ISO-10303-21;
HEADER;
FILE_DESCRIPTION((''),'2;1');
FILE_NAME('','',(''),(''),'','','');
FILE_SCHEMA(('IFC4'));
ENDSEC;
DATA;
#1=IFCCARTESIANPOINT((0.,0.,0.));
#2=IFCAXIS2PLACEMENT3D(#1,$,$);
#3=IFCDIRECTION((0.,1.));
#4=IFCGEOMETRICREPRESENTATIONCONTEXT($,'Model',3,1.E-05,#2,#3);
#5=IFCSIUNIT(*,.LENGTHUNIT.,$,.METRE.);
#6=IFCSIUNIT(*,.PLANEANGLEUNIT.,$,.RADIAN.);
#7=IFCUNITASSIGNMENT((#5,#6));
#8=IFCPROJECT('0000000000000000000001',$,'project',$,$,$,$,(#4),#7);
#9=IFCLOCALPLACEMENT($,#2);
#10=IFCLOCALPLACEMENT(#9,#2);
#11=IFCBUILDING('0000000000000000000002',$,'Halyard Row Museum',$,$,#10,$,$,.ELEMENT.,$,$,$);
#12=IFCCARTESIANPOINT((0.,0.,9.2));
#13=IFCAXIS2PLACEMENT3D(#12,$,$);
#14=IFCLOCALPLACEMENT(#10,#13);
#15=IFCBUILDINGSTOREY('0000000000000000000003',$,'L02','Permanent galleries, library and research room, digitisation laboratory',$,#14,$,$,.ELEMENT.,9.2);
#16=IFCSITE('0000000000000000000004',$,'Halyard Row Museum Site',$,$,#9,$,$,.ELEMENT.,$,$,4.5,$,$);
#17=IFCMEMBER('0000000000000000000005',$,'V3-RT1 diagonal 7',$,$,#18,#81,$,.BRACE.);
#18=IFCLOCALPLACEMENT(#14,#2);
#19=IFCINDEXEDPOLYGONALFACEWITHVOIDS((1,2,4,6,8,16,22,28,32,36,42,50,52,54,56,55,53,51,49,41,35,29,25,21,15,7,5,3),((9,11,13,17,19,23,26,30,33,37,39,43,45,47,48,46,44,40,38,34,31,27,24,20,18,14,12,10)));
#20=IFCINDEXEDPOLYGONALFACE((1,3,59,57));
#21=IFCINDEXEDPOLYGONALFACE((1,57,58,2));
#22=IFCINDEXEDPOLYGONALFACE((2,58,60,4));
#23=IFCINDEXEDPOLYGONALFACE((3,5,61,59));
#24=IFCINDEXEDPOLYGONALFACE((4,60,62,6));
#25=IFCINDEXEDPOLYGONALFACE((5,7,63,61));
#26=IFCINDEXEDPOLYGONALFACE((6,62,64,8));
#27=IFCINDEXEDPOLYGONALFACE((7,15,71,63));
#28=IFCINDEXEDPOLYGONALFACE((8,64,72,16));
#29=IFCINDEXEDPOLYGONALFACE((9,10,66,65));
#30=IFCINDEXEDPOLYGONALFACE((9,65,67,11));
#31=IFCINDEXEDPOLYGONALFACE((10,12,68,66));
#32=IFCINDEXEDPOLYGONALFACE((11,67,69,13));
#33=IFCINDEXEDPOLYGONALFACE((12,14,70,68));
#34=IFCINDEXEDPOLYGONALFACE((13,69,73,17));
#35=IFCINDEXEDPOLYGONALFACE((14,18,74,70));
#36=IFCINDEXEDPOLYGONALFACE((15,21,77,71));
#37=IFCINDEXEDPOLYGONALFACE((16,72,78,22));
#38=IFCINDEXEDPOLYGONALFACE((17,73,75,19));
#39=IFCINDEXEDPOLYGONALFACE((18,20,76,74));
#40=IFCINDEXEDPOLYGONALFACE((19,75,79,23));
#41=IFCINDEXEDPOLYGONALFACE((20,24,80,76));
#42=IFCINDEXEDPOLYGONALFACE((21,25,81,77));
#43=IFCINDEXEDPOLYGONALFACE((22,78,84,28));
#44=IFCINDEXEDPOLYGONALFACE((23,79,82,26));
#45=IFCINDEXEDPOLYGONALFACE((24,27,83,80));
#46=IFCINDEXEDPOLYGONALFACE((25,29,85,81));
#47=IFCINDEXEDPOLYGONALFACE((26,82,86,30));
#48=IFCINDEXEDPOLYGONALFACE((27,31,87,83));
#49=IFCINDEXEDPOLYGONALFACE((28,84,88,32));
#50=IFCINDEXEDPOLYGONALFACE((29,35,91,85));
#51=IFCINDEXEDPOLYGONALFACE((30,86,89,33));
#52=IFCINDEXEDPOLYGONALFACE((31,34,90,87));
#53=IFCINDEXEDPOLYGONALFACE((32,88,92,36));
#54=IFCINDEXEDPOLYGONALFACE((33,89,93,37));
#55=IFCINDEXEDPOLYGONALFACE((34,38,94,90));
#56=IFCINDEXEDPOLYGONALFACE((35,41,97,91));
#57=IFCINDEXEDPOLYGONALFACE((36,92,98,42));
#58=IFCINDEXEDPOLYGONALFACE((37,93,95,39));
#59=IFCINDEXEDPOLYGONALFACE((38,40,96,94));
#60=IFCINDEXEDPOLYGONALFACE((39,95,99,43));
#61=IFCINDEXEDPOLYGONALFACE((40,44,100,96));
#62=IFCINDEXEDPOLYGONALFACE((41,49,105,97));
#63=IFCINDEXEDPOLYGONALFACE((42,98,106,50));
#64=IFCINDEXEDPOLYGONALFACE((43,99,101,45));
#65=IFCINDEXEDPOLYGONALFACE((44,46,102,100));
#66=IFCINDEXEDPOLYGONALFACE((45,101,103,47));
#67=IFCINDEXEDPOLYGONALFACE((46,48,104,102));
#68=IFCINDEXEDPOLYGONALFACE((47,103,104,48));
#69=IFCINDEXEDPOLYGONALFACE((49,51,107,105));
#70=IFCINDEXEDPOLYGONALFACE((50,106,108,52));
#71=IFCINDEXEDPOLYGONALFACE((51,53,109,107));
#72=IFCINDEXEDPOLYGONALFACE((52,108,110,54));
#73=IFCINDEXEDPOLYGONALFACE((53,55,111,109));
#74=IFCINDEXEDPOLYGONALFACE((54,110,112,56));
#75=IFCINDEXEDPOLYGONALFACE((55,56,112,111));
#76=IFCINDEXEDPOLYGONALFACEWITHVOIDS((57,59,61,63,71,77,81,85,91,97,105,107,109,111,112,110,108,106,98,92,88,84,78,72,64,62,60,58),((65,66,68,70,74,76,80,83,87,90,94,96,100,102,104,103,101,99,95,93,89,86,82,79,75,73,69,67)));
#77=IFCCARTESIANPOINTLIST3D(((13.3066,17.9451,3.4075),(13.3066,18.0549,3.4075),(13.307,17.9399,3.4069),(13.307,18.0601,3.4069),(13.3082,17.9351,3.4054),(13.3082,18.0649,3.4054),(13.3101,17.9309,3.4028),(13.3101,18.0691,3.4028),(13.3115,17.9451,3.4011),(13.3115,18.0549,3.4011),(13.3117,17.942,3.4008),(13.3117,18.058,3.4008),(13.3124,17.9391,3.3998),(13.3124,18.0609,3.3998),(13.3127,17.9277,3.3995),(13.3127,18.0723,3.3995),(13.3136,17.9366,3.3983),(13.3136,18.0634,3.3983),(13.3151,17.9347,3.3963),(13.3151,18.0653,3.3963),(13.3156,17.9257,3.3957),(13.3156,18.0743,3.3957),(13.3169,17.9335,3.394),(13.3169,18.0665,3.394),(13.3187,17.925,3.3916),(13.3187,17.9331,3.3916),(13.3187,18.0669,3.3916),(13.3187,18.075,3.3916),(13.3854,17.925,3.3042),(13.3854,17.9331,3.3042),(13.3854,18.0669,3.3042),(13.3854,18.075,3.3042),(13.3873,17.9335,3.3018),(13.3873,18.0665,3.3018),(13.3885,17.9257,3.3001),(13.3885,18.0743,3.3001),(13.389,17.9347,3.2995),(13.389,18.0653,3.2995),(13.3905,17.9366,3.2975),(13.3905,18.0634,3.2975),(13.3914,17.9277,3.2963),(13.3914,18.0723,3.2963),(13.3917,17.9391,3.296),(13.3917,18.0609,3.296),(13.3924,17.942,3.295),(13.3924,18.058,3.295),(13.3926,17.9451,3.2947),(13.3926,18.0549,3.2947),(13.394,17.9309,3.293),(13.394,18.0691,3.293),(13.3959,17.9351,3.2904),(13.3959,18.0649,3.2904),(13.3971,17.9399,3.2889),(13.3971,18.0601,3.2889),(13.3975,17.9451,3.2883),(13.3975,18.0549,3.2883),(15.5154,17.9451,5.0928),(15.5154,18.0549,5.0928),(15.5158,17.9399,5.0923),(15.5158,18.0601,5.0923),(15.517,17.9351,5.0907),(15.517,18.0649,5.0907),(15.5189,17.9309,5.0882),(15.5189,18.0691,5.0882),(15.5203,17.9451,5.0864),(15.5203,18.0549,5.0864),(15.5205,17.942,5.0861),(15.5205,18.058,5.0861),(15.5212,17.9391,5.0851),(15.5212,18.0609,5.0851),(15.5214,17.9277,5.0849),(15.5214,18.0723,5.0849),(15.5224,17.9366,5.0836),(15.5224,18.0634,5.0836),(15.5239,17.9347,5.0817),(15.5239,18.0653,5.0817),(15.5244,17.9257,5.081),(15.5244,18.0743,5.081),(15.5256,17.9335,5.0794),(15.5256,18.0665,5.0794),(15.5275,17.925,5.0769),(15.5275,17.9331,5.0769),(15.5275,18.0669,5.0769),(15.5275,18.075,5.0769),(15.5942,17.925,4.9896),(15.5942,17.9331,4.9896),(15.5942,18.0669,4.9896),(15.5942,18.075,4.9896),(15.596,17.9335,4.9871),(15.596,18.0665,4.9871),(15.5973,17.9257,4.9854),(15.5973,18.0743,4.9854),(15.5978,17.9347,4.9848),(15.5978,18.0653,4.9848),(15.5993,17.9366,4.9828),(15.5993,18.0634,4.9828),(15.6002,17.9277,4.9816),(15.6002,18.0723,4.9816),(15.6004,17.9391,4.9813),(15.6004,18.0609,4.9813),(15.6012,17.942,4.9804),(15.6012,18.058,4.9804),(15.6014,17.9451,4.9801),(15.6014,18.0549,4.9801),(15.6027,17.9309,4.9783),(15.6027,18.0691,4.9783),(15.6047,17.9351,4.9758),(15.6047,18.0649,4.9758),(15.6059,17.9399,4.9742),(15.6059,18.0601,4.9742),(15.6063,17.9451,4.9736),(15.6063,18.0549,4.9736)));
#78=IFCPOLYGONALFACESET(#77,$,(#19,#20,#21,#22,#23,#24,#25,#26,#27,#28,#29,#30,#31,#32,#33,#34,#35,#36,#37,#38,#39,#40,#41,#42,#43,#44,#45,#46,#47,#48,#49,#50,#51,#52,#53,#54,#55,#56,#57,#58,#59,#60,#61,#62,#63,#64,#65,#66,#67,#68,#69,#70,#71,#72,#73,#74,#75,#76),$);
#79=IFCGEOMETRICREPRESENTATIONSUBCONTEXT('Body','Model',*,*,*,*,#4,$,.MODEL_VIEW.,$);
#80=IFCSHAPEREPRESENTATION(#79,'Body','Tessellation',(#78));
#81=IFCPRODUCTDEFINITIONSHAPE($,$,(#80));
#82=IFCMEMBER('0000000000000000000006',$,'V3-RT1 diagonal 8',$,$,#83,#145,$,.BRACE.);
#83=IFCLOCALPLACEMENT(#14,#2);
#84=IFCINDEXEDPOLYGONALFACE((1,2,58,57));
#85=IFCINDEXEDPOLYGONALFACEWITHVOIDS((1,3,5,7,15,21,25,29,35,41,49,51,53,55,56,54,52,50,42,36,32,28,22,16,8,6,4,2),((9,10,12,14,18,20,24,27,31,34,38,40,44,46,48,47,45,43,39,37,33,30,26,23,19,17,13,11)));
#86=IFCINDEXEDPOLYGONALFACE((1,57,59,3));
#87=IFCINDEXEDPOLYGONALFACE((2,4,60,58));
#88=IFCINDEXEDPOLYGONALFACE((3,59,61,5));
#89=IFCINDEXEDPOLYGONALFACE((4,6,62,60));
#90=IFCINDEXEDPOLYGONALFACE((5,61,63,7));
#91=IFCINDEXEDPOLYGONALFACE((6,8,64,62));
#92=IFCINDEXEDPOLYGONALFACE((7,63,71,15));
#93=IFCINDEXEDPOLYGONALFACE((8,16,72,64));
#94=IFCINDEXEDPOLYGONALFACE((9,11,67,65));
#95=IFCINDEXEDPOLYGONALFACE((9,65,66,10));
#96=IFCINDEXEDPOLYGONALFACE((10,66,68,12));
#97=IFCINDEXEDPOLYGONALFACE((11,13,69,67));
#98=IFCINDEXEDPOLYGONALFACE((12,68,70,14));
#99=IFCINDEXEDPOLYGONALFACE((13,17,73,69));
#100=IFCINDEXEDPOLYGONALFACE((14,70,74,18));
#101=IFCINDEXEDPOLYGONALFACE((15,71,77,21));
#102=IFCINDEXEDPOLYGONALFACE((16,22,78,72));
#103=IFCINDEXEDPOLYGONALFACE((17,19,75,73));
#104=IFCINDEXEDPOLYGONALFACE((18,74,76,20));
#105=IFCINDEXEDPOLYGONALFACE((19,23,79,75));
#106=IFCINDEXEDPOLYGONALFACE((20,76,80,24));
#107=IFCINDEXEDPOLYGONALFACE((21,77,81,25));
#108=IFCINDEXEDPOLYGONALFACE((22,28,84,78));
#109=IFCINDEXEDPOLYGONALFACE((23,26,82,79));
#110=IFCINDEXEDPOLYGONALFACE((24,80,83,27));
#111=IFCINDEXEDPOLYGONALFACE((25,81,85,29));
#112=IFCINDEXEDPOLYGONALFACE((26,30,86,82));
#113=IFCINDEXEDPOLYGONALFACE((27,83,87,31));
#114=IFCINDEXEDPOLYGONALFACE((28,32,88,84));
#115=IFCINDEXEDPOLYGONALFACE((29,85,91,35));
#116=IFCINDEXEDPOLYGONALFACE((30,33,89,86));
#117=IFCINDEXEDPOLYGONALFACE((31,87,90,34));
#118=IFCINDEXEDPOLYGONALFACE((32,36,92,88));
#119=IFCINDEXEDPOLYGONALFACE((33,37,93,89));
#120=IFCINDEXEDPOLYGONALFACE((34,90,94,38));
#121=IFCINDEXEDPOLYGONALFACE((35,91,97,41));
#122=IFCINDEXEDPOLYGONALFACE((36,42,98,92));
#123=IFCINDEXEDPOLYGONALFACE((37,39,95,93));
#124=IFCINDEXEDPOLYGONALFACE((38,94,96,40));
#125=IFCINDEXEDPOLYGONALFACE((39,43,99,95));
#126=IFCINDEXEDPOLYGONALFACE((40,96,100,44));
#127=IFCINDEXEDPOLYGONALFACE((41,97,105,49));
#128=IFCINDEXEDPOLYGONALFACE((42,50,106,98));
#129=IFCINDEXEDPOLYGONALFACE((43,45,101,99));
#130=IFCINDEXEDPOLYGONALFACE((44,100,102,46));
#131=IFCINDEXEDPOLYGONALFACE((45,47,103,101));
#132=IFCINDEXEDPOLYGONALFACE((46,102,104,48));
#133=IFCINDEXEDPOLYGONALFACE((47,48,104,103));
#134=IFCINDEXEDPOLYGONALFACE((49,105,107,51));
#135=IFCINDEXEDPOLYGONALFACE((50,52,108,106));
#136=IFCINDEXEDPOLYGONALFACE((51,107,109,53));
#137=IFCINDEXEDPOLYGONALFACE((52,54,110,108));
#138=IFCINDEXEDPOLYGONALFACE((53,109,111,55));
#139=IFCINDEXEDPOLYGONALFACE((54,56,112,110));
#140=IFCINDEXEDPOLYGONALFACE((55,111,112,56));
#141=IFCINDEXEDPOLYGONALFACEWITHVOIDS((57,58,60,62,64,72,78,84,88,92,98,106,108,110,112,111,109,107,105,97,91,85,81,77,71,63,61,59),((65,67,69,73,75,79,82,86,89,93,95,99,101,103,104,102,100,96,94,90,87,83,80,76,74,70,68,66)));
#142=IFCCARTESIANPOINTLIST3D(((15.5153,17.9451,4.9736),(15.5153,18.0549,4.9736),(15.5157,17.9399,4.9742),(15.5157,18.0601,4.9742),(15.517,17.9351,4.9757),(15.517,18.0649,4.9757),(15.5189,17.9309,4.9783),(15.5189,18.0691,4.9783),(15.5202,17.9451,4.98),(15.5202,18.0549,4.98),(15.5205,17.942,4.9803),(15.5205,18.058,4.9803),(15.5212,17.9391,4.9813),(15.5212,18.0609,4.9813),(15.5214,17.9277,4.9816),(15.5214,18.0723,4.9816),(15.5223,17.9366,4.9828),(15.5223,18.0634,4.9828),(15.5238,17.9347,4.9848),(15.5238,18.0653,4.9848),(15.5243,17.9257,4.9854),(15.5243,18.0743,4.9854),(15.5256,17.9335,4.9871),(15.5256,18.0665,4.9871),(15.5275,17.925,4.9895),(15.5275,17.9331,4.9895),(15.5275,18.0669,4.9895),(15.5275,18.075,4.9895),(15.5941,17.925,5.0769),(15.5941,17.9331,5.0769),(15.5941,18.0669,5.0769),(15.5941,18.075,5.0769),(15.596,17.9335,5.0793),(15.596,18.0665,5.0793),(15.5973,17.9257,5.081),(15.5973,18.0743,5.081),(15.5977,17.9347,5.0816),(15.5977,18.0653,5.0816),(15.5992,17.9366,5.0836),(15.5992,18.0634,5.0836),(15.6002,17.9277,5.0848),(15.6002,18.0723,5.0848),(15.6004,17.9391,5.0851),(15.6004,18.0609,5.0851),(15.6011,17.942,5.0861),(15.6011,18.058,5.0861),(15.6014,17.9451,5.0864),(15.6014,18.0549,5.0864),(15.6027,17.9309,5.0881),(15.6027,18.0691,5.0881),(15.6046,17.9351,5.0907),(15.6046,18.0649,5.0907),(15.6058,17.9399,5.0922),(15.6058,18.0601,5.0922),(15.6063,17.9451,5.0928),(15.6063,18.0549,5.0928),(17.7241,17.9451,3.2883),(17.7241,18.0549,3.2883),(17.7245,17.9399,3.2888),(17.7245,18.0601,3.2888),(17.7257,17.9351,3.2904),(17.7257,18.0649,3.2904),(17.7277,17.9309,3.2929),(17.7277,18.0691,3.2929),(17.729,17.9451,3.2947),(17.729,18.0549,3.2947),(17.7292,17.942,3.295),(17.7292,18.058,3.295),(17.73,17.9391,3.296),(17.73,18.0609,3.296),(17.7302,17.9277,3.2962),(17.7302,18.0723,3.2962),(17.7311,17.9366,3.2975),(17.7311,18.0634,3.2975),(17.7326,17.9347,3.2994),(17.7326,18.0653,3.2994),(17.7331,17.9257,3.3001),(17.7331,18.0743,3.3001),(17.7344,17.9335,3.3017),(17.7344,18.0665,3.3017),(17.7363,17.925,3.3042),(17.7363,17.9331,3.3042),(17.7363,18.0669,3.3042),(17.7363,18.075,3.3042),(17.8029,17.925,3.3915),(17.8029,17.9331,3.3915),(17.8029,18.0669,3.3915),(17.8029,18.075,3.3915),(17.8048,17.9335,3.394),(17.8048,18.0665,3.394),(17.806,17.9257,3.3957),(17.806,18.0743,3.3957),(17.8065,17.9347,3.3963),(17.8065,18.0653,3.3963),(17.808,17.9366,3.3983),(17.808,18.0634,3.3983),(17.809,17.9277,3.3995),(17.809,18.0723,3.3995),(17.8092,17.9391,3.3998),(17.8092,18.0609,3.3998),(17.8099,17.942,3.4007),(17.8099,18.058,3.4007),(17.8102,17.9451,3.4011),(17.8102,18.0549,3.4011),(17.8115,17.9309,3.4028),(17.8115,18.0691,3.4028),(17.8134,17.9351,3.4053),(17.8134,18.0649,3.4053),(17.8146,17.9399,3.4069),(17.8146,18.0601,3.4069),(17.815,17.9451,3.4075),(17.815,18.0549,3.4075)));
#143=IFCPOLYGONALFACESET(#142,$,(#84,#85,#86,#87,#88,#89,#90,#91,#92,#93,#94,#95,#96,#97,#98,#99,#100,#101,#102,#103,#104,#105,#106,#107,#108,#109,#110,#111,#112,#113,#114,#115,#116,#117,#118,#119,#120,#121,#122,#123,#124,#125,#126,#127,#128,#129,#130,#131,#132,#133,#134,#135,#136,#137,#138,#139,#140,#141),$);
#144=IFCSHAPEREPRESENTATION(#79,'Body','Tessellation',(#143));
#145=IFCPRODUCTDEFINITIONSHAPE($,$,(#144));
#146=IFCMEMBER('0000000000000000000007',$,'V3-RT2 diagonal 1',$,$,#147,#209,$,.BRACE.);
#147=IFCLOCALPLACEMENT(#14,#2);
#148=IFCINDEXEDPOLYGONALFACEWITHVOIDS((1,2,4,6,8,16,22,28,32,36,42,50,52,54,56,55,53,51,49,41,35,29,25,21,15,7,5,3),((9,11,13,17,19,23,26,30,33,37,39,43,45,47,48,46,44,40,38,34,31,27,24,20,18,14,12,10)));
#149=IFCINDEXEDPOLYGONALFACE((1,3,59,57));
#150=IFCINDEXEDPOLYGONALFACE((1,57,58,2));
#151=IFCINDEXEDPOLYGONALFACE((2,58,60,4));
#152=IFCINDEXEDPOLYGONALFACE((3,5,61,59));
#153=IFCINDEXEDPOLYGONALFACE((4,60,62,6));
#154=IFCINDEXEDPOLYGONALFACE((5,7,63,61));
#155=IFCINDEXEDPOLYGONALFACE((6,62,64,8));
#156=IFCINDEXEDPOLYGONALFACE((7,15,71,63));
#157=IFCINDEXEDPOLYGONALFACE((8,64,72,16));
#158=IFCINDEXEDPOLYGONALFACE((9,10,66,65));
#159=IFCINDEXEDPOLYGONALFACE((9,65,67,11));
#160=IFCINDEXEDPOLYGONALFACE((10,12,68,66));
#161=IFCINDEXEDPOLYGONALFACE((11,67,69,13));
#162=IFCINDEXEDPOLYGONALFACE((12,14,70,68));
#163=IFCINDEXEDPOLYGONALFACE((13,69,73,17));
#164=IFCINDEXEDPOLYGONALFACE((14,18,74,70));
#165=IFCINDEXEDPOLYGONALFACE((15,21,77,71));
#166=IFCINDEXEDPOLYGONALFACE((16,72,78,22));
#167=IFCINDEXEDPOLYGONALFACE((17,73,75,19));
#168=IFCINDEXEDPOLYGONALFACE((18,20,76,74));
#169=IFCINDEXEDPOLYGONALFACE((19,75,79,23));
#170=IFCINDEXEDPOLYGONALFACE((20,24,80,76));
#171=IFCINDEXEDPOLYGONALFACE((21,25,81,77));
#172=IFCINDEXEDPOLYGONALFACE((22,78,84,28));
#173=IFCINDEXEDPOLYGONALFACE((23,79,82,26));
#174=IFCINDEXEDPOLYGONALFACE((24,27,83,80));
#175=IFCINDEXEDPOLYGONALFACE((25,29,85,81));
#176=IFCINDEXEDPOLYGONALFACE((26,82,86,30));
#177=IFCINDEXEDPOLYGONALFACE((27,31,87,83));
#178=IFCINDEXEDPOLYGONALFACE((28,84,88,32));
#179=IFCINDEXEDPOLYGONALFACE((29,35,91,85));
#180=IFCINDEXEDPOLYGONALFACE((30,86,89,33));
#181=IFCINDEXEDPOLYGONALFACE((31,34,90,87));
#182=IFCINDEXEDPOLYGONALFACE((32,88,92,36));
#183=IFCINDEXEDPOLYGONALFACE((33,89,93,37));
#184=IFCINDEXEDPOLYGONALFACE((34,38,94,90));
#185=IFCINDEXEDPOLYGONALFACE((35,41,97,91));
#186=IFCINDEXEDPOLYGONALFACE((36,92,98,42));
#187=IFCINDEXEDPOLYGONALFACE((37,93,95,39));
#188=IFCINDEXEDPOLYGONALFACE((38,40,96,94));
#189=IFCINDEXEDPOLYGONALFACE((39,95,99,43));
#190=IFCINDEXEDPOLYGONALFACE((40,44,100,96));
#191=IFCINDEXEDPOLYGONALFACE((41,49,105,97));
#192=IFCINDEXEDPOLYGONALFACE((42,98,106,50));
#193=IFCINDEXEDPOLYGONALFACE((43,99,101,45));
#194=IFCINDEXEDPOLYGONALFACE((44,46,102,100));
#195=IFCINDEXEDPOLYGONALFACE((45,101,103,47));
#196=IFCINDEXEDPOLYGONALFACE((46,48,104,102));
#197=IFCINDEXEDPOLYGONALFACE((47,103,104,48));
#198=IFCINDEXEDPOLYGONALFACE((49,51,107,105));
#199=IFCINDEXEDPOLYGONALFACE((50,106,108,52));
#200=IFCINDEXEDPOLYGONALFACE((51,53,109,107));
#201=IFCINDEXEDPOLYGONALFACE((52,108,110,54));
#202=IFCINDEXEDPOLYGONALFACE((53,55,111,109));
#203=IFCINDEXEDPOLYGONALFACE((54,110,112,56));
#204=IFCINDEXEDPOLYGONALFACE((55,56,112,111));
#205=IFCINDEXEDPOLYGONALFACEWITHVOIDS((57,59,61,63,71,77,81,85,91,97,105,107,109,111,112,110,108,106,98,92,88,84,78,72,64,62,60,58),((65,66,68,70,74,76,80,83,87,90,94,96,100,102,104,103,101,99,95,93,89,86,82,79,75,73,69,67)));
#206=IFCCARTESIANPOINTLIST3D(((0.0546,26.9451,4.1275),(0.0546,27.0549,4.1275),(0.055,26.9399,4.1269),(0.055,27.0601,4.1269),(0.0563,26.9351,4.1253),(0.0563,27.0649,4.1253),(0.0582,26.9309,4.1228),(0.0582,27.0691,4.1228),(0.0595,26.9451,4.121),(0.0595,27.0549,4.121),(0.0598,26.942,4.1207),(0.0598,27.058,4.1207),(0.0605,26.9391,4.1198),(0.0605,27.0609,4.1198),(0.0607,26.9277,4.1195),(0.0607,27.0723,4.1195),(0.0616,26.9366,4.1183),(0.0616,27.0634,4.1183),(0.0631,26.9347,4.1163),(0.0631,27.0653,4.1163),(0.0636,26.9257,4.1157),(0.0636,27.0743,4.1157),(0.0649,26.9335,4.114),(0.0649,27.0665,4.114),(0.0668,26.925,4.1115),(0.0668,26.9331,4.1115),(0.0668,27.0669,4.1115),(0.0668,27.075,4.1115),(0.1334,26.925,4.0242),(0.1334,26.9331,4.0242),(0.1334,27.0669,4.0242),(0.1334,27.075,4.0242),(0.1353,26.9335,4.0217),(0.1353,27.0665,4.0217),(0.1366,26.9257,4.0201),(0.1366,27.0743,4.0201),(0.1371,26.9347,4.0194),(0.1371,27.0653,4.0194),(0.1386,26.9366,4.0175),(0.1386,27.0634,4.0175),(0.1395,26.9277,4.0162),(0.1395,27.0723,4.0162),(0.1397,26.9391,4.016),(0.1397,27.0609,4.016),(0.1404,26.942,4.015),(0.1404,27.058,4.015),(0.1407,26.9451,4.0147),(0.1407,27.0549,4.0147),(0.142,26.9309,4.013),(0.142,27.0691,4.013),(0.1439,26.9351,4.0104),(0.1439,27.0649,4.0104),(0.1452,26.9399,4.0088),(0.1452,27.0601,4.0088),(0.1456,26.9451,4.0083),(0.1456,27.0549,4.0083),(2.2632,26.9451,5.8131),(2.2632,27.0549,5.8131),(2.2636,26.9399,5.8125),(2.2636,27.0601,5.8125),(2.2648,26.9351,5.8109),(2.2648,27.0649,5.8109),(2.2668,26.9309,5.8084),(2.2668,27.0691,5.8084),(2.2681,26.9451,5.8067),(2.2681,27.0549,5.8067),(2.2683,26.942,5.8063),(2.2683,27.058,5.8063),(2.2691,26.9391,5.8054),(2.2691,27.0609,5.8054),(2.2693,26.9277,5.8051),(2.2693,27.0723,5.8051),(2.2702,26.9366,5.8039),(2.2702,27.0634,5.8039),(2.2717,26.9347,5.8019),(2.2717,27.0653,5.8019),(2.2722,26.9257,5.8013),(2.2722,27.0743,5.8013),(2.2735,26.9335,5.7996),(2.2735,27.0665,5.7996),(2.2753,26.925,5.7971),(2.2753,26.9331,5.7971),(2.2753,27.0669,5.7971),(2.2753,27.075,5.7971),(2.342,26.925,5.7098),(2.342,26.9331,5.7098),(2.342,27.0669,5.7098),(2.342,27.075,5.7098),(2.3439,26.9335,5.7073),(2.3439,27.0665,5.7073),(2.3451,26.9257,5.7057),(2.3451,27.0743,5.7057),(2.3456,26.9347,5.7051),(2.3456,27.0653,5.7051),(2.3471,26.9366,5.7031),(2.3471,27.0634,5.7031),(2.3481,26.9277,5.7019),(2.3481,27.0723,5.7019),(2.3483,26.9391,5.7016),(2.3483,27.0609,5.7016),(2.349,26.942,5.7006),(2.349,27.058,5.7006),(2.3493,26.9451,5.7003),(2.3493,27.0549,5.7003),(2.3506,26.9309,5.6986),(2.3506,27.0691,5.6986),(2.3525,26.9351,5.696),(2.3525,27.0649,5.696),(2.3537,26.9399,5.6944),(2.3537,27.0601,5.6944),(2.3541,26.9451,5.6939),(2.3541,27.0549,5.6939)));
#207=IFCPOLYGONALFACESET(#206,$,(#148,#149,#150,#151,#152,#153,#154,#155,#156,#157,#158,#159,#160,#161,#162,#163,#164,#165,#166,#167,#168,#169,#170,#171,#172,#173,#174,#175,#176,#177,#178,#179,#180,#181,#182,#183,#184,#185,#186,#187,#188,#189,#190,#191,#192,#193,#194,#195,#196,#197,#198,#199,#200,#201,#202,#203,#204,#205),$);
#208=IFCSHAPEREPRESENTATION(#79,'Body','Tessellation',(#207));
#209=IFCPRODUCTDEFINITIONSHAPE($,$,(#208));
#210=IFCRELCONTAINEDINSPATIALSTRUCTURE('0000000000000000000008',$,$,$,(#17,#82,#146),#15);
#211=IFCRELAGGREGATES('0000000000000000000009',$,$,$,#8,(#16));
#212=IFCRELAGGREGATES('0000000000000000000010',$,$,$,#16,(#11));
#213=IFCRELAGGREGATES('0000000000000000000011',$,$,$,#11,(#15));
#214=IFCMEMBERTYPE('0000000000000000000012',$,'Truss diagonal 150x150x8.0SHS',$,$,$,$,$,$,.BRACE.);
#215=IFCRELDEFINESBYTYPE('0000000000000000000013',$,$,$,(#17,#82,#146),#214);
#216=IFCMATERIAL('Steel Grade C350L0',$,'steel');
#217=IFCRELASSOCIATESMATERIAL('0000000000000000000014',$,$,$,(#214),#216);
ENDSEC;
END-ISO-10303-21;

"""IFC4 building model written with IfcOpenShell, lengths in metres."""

from ifc_helpers import new_model, si_unit, direction, frame, origin, origin_2d, place, context, subcontext, project, spatial, hollow_rectangle, extrude, material, material_profile, profile_set, type_object, element, save


model = new_model("IFC4")

# Units and contexts
model_context = context("Model", 3, precision=1e-05, world=origin(), true_north=direction((0.0, 1.0)))
body_context = subcontext(model_context, "Body", "Model", "MODEL_VIEW")
ifc_project = project(units=[si_unit("LENGTHUNIT", "METRE"), si_unit("PLANEANGLEUNIT", "RADIAN")], contexts=[model_context])

# Site, building, storey
site_placement = place(None, origin())
site = spatial("IfcSite", under=ifc_project, at=site_placement, Name="Halyard Row Museum Site", CompositionType="ELEMENT", RefElevation=4.5)
building_placement = place(site_placement, origin())
building = spatial("IfcBuilding", under=site, at=building_placement, Name="Halyard Row Museum", CompositionType="ELEMENT")
storey_placement = place(building_placement, frame((0.0, 0.0, 9.2)))
storey = spatial("IfcBuildingStorey", under=building, at=storey_placement, Name="L02", Description="Permanent galleries, library and research room, digitisation laboratory", CompositionType="ELEMENT", Elevation=9.2)

# Members
ifc_material_1 = material(Name="Steel Grade C350L0", Category="steel")
ifc_material_profile_1 = material_profile(ifc_material_1, hollow_rectangle(XDim=0.1499, YDim=0.1499, WallThickness=0.0081, InnerFilletRadius=0.012, OuterFilletRadius=0.02, at=origin_2d()), Name="150x150x8.0SHS")
ifc_profile_set_1 = profile_set([ifc_material_profile_1], Name="Steel Grade C350L0")
member_type_1 = type_object("IfcMemberType", Name="Truss diagonal 150x150x8.0SHS", PredefinedType="BRACE", material=ifc_profile_set_1)
for number, where, z_axis, x_axis, name in (
    (1, (13.3521, 18.0, 3.3479), (0.795006, 0.0, 0.606602), (0.0, 1.0, 0.0), "V3-RT1 diagonal 7"),
    (2, (15.5608, 18.0, 5.0332), (0.795006, 0.0, -0.606602), (0.0, 1.0, 0.0), "V3-RT1 diagonal 8"),
    (3, (0.1001, 27.0, 4.0679), (0.794931, 0.0, 0.6067), (0.0, 1.0, 0.0), "V3-RT2 diagonal 1"),
):
    element("IfcMember", number, at=place(storey_placement, frame(where, z_axis=z_axis, x_axis=x_axis)), inside=storey, type_object=member_type_1, Name=name, PredefinedType="BRACE", context=body_context, shape_type="SweptSolid", body=[
        extrude(hollow_rectangle(XDim=0.1499, YDim=0.1499, WallThickness=0.0081, InnerFilletRadius=0.012, OuterFilletRadius=0.02, at=origin_2d()), origin(), (0.0, 0.0, 1.0), 2.7783),
    ])

save(model, "model.ifc")
